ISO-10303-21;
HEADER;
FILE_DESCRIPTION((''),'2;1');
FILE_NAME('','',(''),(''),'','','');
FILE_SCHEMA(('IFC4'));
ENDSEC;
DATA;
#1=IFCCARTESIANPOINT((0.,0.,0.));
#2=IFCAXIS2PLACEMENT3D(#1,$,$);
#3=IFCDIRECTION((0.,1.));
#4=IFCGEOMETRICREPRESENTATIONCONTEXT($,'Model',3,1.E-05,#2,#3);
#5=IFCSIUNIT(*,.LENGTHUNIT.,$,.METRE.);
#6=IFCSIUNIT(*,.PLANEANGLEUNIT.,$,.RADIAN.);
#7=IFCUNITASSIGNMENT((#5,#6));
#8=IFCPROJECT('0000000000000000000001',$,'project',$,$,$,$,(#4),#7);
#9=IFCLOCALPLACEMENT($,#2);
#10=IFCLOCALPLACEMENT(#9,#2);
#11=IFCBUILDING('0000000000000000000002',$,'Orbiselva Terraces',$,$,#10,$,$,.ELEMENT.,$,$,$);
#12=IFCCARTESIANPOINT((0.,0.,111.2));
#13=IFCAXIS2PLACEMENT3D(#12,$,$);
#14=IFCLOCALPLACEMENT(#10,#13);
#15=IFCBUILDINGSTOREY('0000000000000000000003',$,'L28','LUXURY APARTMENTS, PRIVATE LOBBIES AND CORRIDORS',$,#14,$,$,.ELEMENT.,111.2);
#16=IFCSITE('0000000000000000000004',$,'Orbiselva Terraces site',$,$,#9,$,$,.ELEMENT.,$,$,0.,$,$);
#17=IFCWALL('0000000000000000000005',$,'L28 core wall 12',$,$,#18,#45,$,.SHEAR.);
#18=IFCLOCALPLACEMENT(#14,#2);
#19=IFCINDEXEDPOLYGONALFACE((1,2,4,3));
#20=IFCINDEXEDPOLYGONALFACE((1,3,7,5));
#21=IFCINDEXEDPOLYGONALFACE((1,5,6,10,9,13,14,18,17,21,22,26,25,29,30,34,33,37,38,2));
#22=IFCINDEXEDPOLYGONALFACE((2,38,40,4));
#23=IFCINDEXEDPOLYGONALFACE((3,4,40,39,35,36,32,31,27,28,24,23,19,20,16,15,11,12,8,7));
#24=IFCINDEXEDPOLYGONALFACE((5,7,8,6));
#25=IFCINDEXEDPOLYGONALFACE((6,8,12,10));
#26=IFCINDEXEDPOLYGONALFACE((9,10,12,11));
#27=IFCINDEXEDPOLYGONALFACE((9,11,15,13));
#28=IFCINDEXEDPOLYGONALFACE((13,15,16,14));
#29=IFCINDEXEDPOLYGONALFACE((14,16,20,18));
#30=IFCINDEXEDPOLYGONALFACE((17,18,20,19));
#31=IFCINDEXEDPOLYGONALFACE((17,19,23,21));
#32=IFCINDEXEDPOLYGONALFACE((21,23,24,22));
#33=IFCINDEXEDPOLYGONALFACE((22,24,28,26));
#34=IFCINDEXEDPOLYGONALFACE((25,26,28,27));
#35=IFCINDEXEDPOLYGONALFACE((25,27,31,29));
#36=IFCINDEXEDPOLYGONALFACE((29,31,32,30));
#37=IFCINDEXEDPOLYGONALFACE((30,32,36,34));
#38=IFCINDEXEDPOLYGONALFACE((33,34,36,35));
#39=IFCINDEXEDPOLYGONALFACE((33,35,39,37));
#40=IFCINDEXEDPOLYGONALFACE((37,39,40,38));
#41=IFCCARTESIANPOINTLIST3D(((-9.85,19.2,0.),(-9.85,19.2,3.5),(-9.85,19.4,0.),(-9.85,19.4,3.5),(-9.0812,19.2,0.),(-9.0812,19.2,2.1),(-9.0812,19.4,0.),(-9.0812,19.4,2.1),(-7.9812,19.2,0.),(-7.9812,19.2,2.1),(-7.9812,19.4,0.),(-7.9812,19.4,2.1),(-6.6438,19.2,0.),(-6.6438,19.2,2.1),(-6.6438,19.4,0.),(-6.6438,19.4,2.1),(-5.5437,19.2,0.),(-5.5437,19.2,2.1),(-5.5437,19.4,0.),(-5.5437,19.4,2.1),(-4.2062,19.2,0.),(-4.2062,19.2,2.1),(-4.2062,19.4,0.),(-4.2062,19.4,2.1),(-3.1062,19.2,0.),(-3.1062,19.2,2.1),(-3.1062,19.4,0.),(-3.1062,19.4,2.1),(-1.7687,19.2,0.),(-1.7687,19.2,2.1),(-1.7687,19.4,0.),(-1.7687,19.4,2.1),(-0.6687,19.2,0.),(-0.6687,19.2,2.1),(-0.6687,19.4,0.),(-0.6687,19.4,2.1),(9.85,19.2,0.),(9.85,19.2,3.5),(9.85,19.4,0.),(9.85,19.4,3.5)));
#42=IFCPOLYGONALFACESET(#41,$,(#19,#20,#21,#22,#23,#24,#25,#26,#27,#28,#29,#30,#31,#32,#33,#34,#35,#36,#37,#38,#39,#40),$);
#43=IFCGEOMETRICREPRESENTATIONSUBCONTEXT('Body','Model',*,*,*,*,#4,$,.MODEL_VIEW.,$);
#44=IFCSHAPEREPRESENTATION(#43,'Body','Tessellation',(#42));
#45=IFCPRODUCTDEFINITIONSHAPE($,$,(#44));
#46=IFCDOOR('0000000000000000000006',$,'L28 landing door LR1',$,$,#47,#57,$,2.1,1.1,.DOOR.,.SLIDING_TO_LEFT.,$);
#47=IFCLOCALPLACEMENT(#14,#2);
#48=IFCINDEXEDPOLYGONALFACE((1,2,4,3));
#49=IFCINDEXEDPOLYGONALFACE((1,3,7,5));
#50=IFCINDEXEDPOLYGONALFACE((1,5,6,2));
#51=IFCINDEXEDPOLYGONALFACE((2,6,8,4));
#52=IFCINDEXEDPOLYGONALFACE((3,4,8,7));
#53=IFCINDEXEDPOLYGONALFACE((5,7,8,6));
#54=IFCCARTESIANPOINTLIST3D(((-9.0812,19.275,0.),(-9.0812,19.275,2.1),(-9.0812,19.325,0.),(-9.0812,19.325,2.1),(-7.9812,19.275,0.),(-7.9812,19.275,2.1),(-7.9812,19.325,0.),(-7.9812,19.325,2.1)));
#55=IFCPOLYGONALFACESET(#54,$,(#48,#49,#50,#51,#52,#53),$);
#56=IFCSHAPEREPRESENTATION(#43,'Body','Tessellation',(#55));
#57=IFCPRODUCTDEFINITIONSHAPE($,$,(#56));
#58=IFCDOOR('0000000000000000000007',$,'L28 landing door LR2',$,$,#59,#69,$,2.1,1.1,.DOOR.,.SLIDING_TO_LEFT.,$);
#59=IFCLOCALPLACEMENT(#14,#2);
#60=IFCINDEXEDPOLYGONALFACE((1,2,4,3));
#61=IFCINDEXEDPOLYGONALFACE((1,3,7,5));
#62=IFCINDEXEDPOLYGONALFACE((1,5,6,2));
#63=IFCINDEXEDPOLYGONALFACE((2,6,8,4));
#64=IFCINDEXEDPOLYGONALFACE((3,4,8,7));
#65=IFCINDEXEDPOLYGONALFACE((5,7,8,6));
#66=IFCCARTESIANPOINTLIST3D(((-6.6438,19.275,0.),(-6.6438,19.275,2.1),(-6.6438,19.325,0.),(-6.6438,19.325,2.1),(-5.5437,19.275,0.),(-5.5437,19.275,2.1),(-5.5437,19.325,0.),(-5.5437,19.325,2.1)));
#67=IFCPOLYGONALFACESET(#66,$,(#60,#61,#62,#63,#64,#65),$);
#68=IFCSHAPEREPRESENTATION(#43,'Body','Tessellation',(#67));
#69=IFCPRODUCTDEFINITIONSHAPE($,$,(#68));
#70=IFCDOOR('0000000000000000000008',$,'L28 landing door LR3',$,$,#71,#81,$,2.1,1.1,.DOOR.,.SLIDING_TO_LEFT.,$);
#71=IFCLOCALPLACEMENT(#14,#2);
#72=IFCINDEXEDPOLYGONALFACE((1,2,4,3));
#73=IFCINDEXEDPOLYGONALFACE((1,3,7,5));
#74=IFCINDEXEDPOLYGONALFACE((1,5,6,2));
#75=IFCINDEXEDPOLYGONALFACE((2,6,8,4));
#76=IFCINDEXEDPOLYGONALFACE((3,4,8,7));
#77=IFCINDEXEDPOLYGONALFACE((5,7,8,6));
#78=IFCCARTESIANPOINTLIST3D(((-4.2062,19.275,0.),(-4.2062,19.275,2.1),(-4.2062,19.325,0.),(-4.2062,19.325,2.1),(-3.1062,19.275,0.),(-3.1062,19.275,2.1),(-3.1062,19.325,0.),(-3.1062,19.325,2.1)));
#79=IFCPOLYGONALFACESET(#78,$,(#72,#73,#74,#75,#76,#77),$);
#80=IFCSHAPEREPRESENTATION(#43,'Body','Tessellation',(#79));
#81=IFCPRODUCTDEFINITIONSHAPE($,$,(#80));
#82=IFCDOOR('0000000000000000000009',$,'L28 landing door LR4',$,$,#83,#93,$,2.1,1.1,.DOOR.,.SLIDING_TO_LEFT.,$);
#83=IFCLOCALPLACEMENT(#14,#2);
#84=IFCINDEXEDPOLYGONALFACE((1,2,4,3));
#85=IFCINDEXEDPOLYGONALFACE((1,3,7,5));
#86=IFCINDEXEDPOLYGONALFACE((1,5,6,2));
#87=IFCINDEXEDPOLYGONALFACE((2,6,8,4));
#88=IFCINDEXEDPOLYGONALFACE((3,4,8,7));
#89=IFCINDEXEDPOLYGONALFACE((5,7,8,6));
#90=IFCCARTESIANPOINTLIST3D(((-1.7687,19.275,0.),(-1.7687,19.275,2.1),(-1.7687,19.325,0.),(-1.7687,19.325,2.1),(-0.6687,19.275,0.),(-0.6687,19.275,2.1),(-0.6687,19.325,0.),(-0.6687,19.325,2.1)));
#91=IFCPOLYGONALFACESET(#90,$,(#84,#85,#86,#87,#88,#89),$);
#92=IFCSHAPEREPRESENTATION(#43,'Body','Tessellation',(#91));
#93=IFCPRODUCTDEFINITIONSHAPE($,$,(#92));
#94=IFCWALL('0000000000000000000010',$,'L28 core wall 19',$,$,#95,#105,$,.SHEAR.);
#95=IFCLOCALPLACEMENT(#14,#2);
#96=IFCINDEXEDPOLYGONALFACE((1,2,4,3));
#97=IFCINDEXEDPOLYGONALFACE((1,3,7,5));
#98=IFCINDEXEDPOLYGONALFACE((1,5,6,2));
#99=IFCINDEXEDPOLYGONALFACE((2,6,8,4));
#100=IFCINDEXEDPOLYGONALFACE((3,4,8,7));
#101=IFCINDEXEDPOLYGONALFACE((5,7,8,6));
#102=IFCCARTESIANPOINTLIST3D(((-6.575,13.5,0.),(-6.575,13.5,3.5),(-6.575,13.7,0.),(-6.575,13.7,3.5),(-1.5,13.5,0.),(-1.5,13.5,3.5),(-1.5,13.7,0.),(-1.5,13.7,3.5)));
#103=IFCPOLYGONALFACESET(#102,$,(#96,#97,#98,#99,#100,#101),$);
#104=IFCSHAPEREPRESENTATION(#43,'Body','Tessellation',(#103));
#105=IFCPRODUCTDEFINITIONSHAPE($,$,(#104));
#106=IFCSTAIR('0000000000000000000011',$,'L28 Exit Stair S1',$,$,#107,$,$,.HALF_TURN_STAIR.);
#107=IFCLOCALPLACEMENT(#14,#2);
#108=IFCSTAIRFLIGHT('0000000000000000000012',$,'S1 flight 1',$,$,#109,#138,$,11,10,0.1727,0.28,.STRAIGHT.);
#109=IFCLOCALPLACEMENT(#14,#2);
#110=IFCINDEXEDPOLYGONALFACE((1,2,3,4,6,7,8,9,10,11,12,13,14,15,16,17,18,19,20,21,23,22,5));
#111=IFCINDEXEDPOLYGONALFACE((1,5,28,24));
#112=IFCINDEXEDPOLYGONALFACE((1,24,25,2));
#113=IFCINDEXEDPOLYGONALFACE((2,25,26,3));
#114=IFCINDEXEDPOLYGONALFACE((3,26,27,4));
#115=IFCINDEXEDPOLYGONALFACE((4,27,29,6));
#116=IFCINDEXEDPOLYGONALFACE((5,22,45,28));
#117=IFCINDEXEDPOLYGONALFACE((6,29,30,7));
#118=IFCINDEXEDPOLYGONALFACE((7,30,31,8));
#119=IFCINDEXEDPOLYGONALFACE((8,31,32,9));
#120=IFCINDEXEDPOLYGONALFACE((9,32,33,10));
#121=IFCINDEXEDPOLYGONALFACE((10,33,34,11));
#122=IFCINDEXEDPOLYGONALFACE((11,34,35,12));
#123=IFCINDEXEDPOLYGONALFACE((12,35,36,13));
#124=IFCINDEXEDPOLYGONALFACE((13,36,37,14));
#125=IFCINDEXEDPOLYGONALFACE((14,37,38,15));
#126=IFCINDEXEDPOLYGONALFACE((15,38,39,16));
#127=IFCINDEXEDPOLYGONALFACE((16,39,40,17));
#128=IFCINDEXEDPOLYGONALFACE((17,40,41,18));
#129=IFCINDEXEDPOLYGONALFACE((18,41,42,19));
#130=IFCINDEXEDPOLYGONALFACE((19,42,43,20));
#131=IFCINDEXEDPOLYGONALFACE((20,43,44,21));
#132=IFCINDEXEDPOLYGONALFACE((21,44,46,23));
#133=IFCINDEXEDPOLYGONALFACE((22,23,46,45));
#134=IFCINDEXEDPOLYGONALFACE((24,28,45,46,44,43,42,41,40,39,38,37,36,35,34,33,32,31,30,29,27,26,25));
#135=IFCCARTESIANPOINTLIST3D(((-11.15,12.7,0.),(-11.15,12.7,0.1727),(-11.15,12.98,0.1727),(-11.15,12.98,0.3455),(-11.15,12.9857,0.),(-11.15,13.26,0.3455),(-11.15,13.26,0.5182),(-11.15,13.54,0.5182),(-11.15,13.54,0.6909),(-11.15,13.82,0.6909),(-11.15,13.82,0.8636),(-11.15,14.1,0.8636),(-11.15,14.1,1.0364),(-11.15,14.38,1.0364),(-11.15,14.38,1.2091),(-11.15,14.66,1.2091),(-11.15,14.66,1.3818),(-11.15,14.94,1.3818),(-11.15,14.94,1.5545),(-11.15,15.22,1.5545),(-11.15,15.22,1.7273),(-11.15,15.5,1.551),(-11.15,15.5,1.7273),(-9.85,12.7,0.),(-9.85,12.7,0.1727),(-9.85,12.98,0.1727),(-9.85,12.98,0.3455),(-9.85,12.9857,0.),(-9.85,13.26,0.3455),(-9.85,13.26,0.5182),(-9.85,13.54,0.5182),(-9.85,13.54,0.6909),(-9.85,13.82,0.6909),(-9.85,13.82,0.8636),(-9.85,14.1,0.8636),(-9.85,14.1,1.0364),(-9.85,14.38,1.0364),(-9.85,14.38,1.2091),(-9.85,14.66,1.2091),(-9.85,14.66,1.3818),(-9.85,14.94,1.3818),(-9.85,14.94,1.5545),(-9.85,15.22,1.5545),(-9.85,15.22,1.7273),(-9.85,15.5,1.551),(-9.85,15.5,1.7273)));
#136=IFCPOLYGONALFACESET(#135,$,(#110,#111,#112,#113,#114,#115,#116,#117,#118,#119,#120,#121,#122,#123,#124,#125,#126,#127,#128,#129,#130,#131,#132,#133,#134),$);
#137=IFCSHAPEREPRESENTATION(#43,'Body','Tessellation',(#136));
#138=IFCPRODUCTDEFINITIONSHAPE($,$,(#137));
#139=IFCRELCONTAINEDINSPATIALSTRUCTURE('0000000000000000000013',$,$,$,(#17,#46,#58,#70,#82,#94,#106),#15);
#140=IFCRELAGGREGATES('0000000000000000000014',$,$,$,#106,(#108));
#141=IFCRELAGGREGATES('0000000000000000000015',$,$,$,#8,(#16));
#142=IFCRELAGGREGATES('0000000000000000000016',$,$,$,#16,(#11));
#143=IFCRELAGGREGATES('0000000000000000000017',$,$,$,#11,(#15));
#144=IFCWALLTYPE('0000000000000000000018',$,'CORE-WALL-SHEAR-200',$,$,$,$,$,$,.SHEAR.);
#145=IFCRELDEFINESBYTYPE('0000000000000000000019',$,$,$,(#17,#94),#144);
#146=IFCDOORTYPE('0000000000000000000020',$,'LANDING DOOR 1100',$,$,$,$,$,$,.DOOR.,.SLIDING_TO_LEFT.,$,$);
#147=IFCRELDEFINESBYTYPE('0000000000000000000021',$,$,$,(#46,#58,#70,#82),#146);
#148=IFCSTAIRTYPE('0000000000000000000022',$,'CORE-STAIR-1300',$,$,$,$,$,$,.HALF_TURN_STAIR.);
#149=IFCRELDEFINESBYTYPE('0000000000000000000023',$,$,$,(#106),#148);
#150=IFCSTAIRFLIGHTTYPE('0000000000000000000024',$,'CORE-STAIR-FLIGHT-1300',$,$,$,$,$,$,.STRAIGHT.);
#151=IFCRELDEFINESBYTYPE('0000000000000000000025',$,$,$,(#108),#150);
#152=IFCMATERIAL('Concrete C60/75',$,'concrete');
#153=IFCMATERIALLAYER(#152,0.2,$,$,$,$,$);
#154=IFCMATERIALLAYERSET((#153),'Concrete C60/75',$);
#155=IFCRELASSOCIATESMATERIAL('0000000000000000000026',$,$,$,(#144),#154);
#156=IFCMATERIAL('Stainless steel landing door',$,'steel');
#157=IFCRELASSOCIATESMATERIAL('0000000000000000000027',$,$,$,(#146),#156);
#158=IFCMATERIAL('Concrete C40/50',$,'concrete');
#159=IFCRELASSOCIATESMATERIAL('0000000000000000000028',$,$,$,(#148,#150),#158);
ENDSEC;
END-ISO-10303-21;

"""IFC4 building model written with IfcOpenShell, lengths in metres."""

from ifc_helpers import new_model, si_unit, direction, frame, frame_2d, origin, place, context, subcontext, project, spatial, polyline, rectangle, outline, extrude, material, layer, layer_set, type_object, element, fill, aggregate, save


model = new_model("IFC4")

# Units and contexts
model_context = context("Model", 3, precision=1e-05, world=origin(), true_north=direction((0.0, 1.0)))
body_context = subcontext(model_context, "Body", "Model", "MODEL_VIEW")
ifc_project = project(units=[si_unit("LENGTHUNIT", "METRE"), si_unit("PLANEANGLEUNIT", "RADIAN")], contexts=[model_context])

# Site, building, storey
site_placement = place(None, origin())
site = spatial("IfcSite", under=ifc_project, at=site_placement, Name="Orbiselva Terraces site", CompositionType="ELEMENT", RefElevation=0.0)
building_placement = place(site_placement, origin())
building = spatial("IfcBuilding", under=site, at=building_placement, Name="Orbiselva Terraces", CompositionType="ELEMENT")
storey_placement = place(building_placement, frame((0.0, 0.0, 111.2)))
storey = spatial("IfcBuildingStorey", under=building, at=storey_placement, Name="L28", Description="LUXURY APARTMENTS, PRIVATE LOBBIES AND CORRIDORS", CompositionType="ELEMENT", Elevation=111.2)

# Shared definitions
ifc_material_1 = material(Name="Concrete C40/50", Category="concrete")
ifc_material_2 = material(Name="Concrete C60/75", Category="concrete")
ifc_layer_1 = layer(ifc_material_2, 0.2)
ifc_layer_set_1 = layer_set([ifc_layer_1], Name="Concrete C60/75")
wall_type_1 = type_object("IfcWallType", Name="CORE-WALL-SHEAR-200", PredefinedType="SHEAR", material=ifc_layer_set_1)

# Wall, openings, doors
wall_1_placement = place(storey_placement, frame((-9.85, 19.3, 0.0), z_axis=(0.0, 0.0, 1.0), x_axis=(1.0, 0.0, 0.0)))
wall_1 = element("IfcWall", 1, at=wall_1_placement, inside=storey, type_object=wall_type_1, Name="L28 core wall 12", PredefinedType="SHEAR", context=body_context, shape_type="SweptSolid", body=[
    extrude(rectangle(XDim=19.7, YDim=0.2, at=frame_2d((9.85, 0.0))), origin(), (0.0, 0.0, 1.0), 3.5),
])
opening_1_placement = place(wall_1_placement, frame((0.7688, 0.0, 0.0)))
opening_1 = element("IfcOpeningElement", 2, at=opening_1_placement, cuts=wall_1, PredefinedType="OPENING", context=body_context, shape_type="SweptSolid", body=[
    extrude(rectangle(XDim=1.1, YDim=2.1, at=frame_2d((0.55, 1.05))), frame((0.0, 0.11, 0.0), z_axis=(0.0, -1.0, 0.0), x_axis=(1.0, 0.0, 0.0)), (0.0, 0.0, 1.0), 0.22),
])
opening_2_placement = place(wall_1_placement, frame((3.2062, 0.0, 0.0)))
opening_2 = element("IfcOpeningElement", 3, at=opening_2_placement, cuts=wall_1, PredefinedType="OPENING", context=body_context, shape_type="SweptSolid", body=[
    extrude(rectangle(XDim=1.1, YDim=2.1, at=frame_2d((0.55, 1.05))), frame((0.0, 0.11, 0.0), z_axis=(0.0, -1.0, 0.0), x_axis=(1.0, 0.0, 0.0)), (0.0, 0.0, 1.0), 0.22),
])
opening_3_placement = place(wall_1_placement, frame((5.6437, 0.0, 0.0)))
opening_3 = element("IfcOpeningElement", 4, at=opening_3_placement, cuts=wall_1, PredefinedType="OPENING", context=body_context, shape_type="SweptSolid", body=[
    extrude(rectangle(XDim=1.1, YDim=2.1, at=frame_2d((0.55, 1.05))), frame((0.0, 0.11, 0.0), z_axis=(0.0, -1.0, 0.0), x_axis=(1.0, 0.0, 0.0)), (0.0, 0.0, 1.0), 0.22),
])
opening_4_placement = place(wall_1_placement, frame((8.0813, 0.0, 0.0)))
opening_4 = element("IfcOpeningElement", 5, at=opening_4_placement, cuts=wall_1, PredefinedType="OPENING", context=body_context, shape_type="SweptSolid", body=[
    extrude(rectangle(XDim=1.1, YDim=2.1, at=frame_2d((0.55, 1.05))), frame((0.0, 0.11, 0.0), z_axis=(0.0, -1.0, 0.0), x_axis=(1.0, 0.0, 0.0)), (0.0, 0.0, 1.0), 0.22),
])
ifc_material_3 = material(Name="Stainless steel landing door", Category="steel")
door_type_1 = type_object("IfcDoorType", Name="LANDING DOOR 1100", OperationType="SLIDING_TO_LEFT", PredefinedType="DOOR", material=ifc_material_3)
door_1_placement = place(opening_1_placement, origin())
door_1 = element("IfcDoor", 6, at=door_1_placement, inside=storey, type_object=door_type_1, Name="L28 landing door LR1", OperationType="SLIDING_TO_LEFT", OverallHeight=2.1, OverallWidth=1.1, PredefinedType="DOOR", context=body_context, shape_type="SweptSolid", body=[
    extrude(rectangle(XDim=1.1, YDim=2.1, at=frame_2d((0.55, 1.05))), frame((0.0, 0.025, 0.0), z_axis=(0.0, -1.0, 0.0), x_axis=(1.0, 0.0, 0.0)), (0.0, 0.0, 1.0), 0.05),
])
fill(opening_1, door_1)
door_2_placement = place(opening_2_placement, origin())
door_2 = element("IfcDoor", 7, at=door_2_placement, inside=storey, type_object=door_type_1, Name="L28 landing door LR2", OperationType="SLIDING_TO_LEFT", OverallHeight=2.1, OverallWidth=1.1, PredefinedType="DOOR", context=body_context, shape_type="SweptSolid", body=[
    extrude(rectangle(XDim=1.1, YDim=2.1, at=frame_2d((0.55, 1.05))), frame((0.0, 0.025, 0.0), z_axis=(0.0, -1.0, 0.0), x_axis=(1.0, 0.0, 0.0)), (0.0, 0.0, 1.0), 0.05),
])
fill(opening_2, door_2)
door_3_placement = place(opening_3_placement, origin())
door_3 = element("IfcDoor", 8, at=door_3_placement, inside=storey, type_object=door_type_1, Name="L28 landing door LR3", OperationType="SLIDING_TO_LEFT", OverallHeight=2.1, OverallWidth=1.1, PredefinedType="DOOR", context=body_context, shape_type="SweptSolid", body=[
    extrude(rectangle(XDim=1.1, YDim=2.1, at=frame_2d((0.55, 1.05))), frame((0.0, 0.025, 0.0), z_axis=(0.0, -1.0, 0.0), x_axis=(1.0, 0.0, 0.0)), (0.0, 0.0, 1.0), 0.05),
])
fill(opening_3, door_3)
door_4_placement = place(opening_4_placement, origin())
door_4 = element("IfcDoor", 9, at=door_4_placement, inside=storey, type_object=door_type_1, Name="L28 landing door LR4", OperationType="SLIDING_TO_LEFT", OverallHeight=2.1, OverallWidth=1.1, PredefinedType="DOOR", context=body_context, shape_type="SweptSolid", body=[
    extrude(rectangle(XDim=1.1, YDim=2.1, at=frame_2d((0.55, 1.05))), frame((0.0, 0.025, 0.0), z_axis=(0.0, -1.0, 0.0), x_axis=(1.0, 0.0, 0.0)), (0.0, 0.0, 1.0), 0.05),
])
fill(opening_4, door_4)

# Wall
wall_2_placement = place(storey_placement, frame((-6.575, 13.6, 0.0), z_axis=(0.0, 0.0, 1.0), x_axis=(1.0, 0.0, 0.0)))
element("IfcWall", 10, at=wall_2_placement, inside=storey, type_object=wall_type_1, Name="L28 core wall 19", PredefinedType="SHEAR", context=body_context, shape_type="SweptSolid", body=[
    extrude(rectangle(XDim=5.075, YDim=0.2, at=frame_2d((2.5375, 0.0))), origin(), (0.0, 0.0, 1.0), 3.5),
])

# Stair, stair flight
stair_type = type_object("IfcStairType", Name="CORE-STAIR-1300", PredefinedType="HALF_TURN_STAIR", material=ifc_material_1)
stair_placement = place(storey_placement, origin())
stair = element("IfcStair", 11, at=stair_placement, inside=storey, type_object=stair_type, Name="L28 Exit Stair S1", PredefinedType="HALF_TURN_STAIR")
stair_flight_type = type_object("IfcStairFlightType", Name="CORE-STAIR-FLIGHT-1300", PredefinedType="STRAIGHT", material=ifc_material_1)
stair_flight_placement = place(storey_placement, frame((-10.5, 12.7, 0.0), z_axis=(0.0, 0.0, 1.0), x_axis=(0.0, 1.0, 0.0)))
stair_flight = element("IfcStairFlight", 12, at=stair_flight_placement, type_object=stair_flight_type, Name="S1 flight 1", NumberOfRisers=11, NumberOfTreads=10, PredefinedType="STRAIGHT", RiserHeight=0.1727, TreadLength=0.28, context=body_context, shape_type="SweptSolid", body=[
    extrude(outline(polyline([(0.0, 0.0), (0.0, 0.1727), (0.28, 0.1727), (0.28, 0.3455), (0.56, 0.3455), (0.56, 0.5182), (0.84, 0.5182), (0.84, 0.6909), (1.12, 0.6909), (1.12, 0.8636), (1.4, 0.8636), (1.4, 1.0364), (1.68, 1.0364), (1.68, 1.2091), (1.96, 1.2091), (1.96, 1.3818), (2.24, 1.3818), (2.24, 1.5545), (2.52, 1.5545), (2.52, 1.7273), (2.8, 1.7273), (2.8, 1.9), (2.8, 1.551), (0.2857, 0.0), (0.0, 0.0)])), frame((0.0, 0.65, 0.0), z_axis=(0.0, -1.0, 0.0), x_axis=(1.0, 0.0, 0.0)), (0.0, 0.0, 1.0), 1.3),
])
aggregate(stair, [stair_flight])

save(model, "model.ifc")
